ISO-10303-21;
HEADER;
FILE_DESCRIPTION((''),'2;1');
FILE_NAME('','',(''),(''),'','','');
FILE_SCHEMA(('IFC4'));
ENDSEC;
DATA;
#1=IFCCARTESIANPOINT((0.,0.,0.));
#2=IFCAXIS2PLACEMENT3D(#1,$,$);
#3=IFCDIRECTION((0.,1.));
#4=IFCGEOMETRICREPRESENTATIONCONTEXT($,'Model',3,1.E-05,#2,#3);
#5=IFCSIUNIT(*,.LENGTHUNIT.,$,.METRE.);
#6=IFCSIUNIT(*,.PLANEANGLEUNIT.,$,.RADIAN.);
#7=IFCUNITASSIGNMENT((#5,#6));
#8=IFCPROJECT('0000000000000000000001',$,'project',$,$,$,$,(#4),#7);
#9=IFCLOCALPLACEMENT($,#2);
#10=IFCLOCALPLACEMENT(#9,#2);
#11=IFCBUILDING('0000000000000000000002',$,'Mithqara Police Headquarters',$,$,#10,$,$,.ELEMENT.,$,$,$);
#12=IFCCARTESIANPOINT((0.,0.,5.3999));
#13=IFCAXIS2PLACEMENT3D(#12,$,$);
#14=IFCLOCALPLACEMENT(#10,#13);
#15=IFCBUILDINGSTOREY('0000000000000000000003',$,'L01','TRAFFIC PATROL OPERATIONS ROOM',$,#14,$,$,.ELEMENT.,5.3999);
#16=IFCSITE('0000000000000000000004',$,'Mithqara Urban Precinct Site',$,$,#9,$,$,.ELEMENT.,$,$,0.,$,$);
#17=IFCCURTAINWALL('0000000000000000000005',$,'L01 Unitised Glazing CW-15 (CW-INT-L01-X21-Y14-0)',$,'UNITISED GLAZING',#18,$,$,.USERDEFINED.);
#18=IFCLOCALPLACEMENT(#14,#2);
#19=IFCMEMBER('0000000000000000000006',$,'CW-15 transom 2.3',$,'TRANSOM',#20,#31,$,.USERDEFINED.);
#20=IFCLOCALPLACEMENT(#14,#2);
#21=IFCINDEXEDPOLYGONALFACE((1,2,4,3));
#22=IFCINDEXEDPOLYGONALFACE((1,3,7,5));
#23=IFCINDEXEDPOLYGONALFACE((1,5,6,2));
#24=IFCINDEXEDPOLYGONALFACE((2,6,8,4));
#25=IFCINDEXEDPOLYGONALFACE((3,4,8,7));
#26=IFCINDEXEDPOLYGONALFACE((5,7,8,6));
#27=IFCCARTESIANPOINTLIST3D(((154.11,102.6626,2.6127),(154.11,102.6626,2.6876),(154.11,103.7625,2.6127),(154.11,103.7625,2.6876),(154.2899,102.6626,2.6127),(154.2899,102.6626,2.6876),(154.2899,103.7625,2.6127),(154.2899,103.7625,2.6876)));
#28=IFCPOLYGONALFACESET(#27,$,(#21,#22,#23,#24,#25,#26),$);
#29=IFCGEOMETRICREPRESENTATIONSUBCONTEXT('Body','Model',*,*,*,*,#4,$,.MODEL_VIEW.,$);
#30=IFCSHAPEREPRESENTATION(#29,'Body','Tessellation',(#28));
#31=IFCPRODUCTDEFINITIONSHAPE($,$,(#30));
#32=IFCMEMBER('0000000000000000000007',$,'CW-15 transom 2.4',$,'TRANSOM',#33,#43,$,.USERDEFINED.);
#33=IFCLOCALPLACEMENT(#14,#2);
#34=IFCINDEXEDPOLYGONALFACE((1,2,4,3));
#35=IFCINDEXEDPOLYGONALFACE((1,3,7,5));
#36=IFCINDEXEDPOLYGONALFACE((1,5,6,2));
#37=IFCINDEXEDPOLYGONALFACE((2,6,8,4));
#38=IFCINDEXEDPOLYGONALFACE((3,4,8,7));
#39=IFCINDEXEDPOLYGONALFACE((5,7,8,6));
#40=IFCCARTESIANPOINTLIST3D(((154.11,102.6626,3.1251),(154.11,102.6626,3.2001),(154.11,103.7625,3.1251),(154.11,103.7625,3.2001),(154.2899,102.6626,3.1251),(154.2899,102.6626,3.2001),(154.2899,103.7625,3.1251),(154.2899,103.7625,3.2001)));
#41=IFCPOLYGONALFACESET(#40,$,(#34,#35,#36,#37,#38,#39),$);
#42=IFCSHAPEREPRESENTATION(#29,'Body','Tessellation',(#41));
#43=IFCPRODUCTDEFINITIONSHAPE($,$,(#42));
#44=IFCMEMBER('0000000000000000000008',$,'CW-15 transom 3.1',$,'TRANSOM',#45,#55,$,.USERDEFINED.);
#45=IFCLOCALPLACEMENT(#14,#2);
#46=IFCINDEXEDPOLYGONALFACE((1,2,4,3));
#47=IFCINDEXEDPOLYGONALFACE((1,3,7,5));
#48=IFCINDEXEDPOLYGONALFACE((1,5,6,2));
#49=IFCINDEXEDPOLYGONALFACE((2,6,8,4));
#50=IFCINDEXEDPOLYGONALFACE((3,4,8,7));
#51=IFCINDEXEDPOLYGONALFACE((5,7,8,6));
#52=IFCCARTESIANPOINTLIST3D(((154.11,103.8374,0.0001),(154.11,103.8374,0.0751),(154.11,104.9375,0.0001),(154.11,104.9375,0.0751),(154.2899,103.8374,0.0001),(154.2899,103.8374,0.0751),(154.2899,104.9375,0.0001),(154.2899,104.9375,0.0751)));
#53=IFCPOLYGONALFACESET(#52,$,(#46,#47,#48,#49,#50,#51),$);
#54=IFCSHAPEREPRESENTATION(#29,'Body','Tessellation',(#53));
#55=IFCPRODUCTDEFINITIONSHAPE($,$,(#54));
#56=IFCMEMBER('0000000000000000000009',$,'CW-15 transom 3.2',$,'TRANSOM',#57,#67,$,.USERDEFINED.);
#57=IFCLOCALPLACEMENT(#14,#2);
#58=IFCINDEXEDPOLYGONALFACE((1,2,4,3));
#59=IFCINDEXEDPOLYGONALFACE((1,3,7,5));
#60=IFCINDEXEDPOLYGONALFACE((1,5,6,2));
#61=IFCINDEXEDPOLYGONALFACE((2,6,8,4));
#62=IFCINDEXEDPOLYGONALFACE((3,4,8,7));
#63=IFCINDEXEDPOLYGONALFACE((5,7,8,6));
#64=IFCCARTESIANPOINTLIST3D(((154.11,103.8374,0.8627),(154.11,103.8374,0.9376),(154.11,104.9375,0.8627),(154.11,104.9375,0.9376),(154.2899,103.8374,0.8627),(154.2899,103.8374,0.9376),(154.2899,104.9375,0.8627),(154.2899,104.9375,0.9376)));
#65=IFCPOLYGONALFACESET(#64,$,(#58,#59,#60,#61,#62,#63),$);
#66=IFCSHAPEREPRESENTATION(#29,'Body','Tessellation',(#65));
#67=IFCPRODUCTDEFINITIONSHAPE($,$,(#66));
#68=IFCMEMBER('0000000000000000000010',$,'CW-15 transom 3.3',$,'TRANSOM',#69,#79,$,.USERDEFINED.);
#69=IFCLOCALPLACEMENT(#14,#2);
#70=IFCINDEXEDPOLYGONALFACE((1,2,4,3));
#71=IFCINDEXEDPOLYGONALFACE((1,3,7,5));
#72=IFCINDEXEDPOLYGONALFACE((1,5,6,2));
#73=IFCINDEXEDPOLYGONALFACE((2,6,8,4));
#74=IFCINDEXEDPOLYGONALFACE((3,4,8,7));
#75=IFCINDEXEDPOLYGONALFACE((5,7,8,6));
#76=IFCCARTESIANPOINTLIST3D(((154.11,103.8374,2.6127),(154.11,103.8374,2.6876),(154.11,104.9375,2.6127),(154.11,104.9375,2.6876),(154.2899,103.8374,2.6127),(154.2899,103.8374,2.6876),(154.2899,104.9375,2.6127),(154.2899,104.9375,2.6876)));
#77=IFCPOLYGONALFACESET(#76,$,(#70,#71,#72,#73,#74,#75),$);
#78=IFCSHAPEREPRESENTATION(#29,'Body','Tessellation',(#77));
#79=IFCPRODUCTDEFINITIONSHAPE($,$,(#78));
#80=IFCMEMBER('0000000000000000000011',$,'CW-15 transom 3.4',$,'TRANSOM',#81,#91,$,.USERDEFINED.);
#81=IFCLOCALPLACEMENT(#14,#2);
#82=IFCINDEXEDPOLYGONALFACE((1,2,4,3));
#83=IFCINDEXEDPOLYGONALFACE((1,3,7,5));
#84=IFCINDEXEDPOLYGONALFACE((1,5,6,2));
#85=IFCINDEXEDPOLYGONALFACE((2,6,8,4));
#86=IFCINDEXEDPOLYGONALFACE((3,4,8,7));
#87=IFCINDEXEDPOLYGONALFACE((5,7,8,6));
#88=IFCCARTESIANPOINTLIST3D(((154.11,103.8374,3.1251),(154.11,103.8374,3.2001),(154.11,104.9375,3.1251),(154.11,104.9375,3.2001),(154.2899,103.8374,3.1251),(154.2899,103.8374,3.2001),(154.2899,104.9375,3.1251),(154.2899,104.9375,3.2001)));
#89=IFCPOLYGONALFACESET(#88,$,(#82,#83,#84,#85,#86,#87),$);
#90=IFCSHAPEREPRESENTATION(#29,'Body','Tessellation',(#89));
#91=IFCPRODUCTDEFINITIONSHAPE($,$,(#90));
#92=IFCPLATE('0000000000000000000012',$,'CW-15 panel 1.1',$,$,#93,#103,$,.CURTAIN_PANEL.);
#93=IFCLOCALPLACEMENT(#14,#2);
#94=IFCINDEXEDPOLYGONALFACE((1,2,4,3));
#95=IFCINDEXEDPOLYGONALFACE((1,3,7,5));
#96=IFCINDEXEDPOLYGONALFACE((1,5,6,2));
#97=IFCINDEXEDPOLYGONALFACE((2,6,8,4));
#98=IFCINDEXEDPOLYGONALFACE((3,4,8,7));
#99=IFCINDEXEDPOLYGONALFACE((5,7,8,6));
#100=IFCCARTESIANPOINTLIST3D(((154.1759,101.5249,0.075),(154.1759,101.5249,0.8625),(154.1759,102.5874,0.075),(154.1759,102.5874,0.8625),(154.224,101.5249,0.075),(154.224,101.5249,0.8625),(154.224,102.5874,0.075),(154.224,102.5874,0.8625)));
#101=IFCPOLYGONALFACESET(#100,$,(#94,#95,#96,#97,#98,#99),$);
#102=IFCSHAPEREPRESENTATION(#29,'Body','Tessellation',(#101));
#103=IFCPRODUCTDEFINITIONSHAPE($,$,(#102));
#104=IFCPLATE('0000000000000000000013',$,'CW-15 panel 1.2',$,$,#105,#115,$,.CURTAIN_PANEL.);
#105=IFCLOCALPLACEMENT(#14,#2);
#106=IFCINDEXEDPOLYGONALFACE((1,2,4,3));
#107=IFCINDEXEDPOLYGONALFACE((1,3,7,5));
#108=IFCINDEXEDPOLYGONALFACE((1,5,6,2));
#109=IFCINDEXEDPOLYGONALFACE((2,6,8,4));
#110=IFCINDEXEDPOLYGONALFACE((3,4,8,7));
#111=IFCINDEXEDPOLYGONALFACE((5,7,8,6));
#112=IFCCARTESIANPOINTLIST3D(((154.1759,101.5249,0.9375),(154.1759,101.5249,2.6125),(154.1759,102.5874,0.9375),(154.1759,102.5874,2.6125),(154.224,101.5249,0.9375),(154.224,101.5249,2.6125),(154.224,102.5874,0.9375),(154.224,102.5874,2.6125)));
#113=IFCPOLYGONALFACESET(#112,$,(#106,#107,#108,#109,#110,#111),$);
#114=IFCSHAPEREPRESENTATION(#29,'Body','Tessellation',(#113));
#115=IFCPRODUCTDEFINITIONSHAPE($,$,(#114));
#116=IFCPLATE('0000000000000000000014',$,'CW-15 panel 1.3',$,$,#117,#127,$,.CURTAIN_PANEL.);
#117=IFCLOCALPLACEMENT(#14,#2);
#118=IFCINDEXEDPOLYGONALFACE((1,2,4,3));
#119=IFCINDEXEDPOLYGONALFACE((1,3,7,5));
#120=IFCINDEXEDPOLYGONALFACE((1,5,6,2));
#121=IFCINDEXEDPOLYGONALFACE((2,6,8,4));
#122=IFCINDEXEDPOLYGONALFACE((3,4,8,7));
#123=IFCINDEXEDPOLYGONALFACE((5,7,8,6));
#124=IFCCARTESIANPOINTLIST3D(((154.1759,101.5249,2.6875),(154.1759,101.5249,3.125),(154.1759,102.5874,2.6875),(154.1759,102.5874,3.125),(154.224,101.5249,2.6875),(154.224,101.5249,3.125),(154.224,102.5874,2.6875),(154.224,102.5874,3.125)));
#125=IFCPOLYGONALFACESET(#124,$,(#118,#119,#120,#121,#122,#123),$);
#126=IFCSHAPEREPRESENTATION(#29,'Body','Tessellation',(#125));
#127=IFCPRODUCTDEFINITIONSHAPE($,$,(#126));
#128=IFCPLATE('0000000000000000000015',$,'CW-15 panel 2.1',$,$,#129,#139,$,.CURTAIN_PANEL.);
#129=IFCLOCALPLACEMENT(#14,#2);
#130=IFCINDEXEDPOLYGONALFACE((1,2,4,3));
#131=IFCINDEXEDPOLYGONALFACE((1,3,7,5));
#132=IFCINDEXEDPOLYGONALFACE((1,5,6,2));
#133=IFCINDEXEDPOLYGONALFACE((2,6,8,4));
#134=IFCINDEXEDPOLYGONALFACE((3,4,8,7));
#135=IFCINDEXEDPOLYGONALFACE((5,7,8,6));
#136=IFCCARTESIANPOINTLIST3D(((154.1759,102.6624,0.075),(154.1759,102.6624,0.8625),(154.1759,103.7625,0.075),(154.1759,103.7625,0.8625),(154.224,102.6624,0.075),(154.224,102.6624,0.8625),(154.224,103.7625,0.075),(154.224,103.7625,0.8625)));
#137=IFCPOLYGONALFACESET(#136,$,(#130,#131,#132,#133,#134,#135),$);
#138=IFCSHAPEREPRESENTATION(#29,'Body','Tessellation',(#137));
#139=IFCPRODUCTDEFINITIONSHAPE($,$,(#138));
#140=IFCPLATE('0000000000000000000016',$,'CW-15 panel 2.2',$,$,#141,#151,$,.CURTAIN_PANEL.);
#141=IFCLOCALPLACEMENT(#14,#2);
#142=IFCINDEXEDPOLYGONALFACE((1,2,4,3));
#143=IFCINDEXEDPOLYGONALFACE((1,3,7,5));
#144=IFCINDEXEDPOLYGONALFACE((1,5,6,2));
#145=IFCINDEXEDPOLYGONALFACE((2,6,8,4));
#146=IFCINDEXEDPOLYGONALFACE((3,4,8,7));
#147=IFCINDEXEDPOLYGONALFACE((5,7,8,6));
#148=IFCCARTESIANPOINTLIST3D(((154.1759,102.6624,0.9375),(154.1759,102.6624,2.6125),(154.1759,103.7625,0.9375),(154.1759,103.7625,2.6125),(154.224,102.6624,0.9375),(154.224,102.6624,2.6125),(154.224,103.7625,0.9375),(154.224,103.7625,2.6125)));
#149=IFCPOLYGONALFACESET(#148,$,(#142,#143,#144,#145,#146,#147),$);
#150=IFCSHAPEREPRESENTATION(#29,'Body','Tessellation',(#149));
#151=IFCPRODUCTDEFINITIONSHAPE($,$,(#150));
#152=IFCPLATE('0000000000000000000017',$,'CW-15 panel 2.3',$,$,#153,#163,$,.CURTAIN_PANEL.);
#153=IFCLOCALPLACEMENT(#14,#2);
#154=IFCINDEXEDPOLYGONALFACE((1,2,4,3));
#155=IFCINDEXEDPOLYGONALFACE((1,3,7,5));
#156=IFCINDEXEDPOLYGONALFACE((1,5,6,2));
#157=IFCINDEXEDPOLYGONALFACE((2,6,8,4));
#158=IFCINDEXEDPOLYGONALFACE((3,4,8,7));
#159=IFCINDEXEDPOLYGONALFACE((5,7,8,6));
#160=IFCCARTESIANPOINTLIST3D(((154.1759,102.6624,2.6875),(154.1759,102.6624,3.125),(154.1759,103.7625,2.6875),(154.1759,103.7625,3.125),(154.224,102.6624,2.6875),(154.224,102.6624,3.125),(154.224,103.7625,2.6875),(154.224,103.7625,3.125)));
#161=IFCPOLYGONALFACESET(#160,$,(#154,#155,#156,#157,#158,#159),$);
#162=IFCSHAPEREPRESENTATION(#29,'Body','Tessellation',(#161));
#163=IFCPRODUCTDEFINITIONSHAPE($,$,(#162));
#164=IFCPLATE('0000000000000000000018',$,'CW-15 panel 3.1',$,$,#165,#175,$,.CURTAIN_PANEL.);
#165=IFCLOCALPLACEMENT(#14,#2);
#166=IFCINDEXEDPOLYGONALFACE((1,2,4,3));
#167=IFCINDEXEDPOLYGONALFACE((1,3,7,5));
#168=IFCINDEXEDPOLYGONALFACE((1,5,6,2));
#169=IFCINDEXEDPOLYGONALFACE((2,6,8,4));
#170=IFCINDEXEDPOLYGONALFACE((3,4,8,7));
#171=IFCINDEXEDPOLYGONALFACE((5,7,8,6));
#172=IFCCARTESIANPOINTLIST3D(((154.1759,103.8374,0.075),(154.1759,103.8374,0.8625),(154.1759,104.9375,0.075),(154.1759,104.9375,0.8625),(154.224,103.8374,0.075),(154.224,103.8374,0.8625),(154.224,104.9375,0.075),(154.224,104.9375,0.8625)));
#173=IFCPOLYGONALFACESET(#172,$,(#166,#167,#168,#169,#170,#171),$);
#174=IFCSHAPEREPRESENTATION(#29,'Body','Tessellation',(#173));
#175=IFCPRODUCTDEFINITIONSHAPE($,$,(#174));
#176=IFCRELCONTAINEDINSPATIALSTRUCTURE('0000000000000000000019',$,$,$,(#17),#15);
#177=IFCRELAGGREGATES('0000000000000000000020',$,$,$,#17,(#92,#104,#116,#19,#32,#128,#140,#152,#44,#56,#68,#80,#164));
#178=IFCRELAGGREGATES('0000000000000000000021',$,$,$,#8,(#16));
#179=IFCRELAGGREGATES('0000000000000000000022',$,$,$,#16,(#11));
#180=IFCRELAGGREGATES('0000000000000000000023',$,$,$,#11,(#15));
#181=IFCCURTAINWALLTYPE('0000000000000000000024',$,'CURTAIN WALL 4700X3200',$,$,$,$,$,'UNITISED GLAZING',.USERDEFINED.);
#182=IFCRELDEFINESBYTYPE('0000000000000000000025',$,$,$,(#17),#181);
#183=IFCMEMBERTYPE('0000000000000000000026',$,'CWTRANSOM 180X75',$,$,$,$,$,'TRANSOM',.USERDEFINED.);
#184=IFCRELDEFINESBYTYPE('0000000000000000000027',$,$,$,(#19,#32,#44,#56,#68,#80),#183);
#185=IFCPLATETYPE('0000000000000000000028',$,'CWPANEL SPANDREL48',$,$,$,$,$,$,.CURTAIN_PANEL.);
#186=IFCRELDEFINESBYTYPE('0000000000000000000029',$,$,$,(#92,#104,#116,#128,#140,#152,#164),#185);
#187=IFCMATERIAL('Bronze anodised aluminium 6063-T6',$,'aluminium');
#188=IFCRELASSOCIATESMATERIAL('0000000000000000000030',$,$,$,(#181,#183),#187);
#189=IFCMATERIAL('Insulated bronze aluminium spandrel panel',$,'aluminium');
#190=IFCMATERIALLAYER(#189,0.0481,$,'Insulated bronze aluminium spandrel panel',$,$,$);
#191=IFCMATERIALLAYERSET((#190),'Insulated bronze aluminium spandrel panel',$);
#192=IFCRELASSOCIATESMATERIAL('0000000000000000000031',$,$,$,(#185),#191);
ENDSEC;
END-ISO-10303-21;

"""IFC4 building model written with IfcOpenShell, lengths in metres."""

from ifc_helpers import new_model, si_unit, direction, frame, origin, origin_2d, place, context, subcontext, project, spatial, rectangle, extrude, material, layer, layer_set, material_profile, profile_set, type_object, element, aggregate, save


model = new_model("IFC4")

# Units and contexts
model_context = context("Model", 3, precision=1e-05, world=origin(), true_north=direction((0.0, 1.0)))
body_context = subcontext(model_context, "Body", "Model", "MODEL_VIEW")
ifc_project = project(units=[si_unit("LENGTHUNIT", "METRE"), si_unit("PLANEANGLEUNIT", "RADIAN")], contexts=[model_context])

# Site, building, storey
site_placement = place(None, origin())
site = spatial("IfcSite", under=ifc_project, at=site_placement, Name="Mithqara Urban Precinct Site", CompositionType="ELEMENT", RefElevation=0.0)
building_placement = place(site_placement, origin())
building = spatial("IfcBuilding", under=site, at=building_placement, Name="Mithqara Police Headquarters", CompositionType="ELEMENT")
storey_placement = place(building_placement, frame((0.0, 0.0, 5.3999)))
storey = spatial("IfcBuildingStorey", under=building, at=storey_placement, Name="L01", Description="TRAFFIC PATROL OPERATIONS ROOM", CompositionType="ELEMENT", Elevation=5.3999)

# Curtain wall, members, plates
ifc_material_1 = material(Name="Bronze anodised aluminium 6063-T6", Category="aluminium")
curtain_wall_type = type_object("IfcCurtainWallType", Name="CURTAIN WALL 4700X3200", ElementType="UNITISED GLAZING", PredefinedType="USERDEFINED", material=ifc_material_1)
curtain_wall_placement = place(storey_placement, origin())
curtain_wall = element("IfcCurtainWall", 1, at=curtain_wall_placement, inside=storey, type_object=curtain_wall_type, Name="L01 Unitised Glazing CW-15 (CW-INT-L01-X21-Y14-0)", ObjectType="UNITISED GLAZING", PredefinedType="USERDEFINED")
ifc_material_profile_1 = material_profile(ifc_material_1, rectangle(XDim=0.1799, YDim=0.075, at=origin_2d()), Name="CWT 180x75")
ifc_profile_set_1 = profile_set([ifc_material_profile_1], Name="Bronze anodised aluminium 6063-T6")
member_type_1 = type_object("IfcMemberType", Name="CWTRANSOM 180X75", ElementType="TRANSOM", PredefinedType="USERDEFINED", material=ifc_profile_set_1)
member_1_placement = place(storey_placement, frame((154.2, 102.6626, 2.6501), z_axis=(0.0, 1.0, 0.0), x_axis=(-1.0, 0.0, 0.0)))
member_1 = element("IfcMember", 2, at=member_1_placement, type_object=member_type_1, Name="CW-15 transom 2.3", ObjectType="TRANSOM", PredefinedType="USERDEFINED", context=body_context, shape_type="SweptSolid", body=[
    extrude(rectangle(XDim=0.1799, YDim=0.075, at=origin_2d()), origin(), (0.0, 0.0, 1.0), 1.0999),
])
member_2_placement = place(storey_placement, frame((154.2, 102.6626, 3.1626), z_axis=(0.0, 1.0, 0.0), x_axis=(-1.0, 0.0, 0.0)))
member_2 = element("IfcMember", 3, at=member_2_placement, type_object=member_type_1, Name="CW-15 transom 2.4", ObjectType="TRANSOM", PredefinedType="USERDEFINED", context=body_context, shape_type="SweptSolid", body=[
    extrude(rectangle(XDim=0.1799, YDim=0.075, at=origin_2d()), origin(), (0.0, 0.0, 1.0), 1.0999),
])
member_3_placement = place(storey_placement, frame((154.2, 103.8374, 0.0376), z_axis=(0.0, 1.0, 0.0), x_axis=(-1.0, 0.0, 0.0)))
member_3 = element("IfcMember", 4, at=member_3_placement, type_object=member_type_1, Name="CW-15 transom 3.1", ObjectType="TRANSOM", PredefinedType="USERDEFINED", context=body_context, shape_type="SweptSolid", body=[
    extrude(rectangle(XDim=0.1799, YDim=0.075, at=origin_2d()), origin(), (0.0, 0.0, 1.0), 1.1001),
])
member_4_placement = place(storey_placement, frame((154.2, 103.8374, 0.9001), z_axis=(0.0, 1.0, 0.0), x_axis=(-1.0, 0.0, 0.0)))
member_4 = element("IfcMember", 5, at=member_4_placement, type_object=member_type_1, Name="CW-15 transom 3.2", ObjectType="TRANSOM", PredefinedType="USERDEFINED", context=body_context, shape_type="SweptSolid", body=[
    extrude(rectangle(XDim=0.1799, YDim=0.075, at=origin_2d()), origin(), (0.0, 0.0, 1.0), 1.1001),
])
member_5_placement = place(storey_placement, frame((154.2, 103.8374, 2.6501), z_axis=(0.0, 1.0, 0.0), x_axis=(-1.0, 0.0, 0.0)))
member_5 = element("IfcMember", 6, at=member_5_placement, type_object=member_type_1, Name="CW-15 transom 3.3", ObjectType="TRANSOM", PredefinedType="USERDEFINED", context=body_context, shape_type="SweptSolid", body=[
    extrude(rectangle(XDim=0.1799, YDim=0.075, at=origin_2d()), origin(), (0.0, 0.0, 1.0), 1.1001),
])
member_6_placement = place(storey_placement, frame((154.2, 103.8374, 3.1626), z_axis=(0.0, 1.0, 0.0), x_axis=(-1.0, 0.0, 0.0)))
member_6 = element("IfcMember", 7, at=member_6_placement, type_object=member_type_1, Name="CW-15 transom 3.4", ObjectType="TRANSOM", PredefinedType="USERDEFINED", context=body_context, shape_type="SweptSolid", body=[
    extrude(rectangle(XDim=0.1799, YDim=0.075, at=origin_2d()), origin(), (0.0, 0.0, 1.0), 1.1001),
])
ifc_material_2 = material(Name="Insulated bronze aluminium spandrel panel", Category="aluminium")
ifc_layer = layer(ifc_material_2, 0.0481, Name="Insulated bronze aluminium spandrel panel")
ifc_layer_set = layer_set([ifc_layer], Name="Insulated bronze aluminium spandrel panel")
plate_type = type_object("IfcPlateType", Name="CWPANEL SPANDREL48", PredefinedType="CURTAIN_PANEL", material=ifc_layer_set)
plate_1_placement = place(storey_placement, frame((154.2, 102.0562, 0.075), z_axis=(0.0, 0.0, 1.0), x_axis=(0.0, 1.0, 0.0)))
plate_1 = element("IfcPlate", 8, at=plate_1_placement, type_object=plate_type, Name="CW-15 panel 1.1", PredefinedType="CURTAIN_PANEL", context=body_context, shape_type="SweptSolid", body=[
    extrude(rectangle(XDim=1.0625, YDim=0.0481, at=origin_2d()), origin(), (0.0, 0.0, 1.0), 0.7876),
])
plate_2_placement = place(storey_placement, frame((154.2, 102.0562, 0.9375), z_axis=(0.0, 0.0, 1.0), x_axis=(0.0, 1.0, 0.0)))
plate_2 = element("IfcPlate", 9, at=plate_2_placement, type_object=plate_type, Name="CW-15 panel 1.2", PredefinedType="CURTAIN_PANEL", context=body_context, shape_type="SweptSolid", body=[
    extrude(rectangle(XDim=1.0625, YDim=0.0481, at=origin_2d()), origin(), (0.0, 0.0, 1.0), 1.675),
])
plate_3_placement = place(storey_placement, frame((154.2, 102.0562, 2.6875), z_axis=(0.0, 0.0, 1.0), x_axis=(0.0, 1.0, 0.0)))
plate_3 = element("IfcPlate", 10, at=plate_3_placement, type_object=plate_type, Name="CW-15 panel 1.3", PredefinedType="CURTAIN_PANEL", context=body_context, shape_type="SweptSolid", body=[
    extrude(rectangle(XDim=1.0625, YDim=0.0481, at=origin_2d()), origin(), (0.0, 0.0, 1.0), 0.4375),
])
plate_4_placement = place(storey_placement, frame((154.2, 103.2124, 0.075), z_axis=(0.0, 0.0, 1.0), x_axis=(0.0, 1.0, 0.0)))
plate_4 = element("IfcPlate", 11, at=plate_4_placement, type_object=plate_type, Name="CW-15 panel 2.1", PredefinedType="CURTAIN_PANEL", context=body_context, shape_type="SweptSolid", body=[
    extrude(rectangle(XDim=1.1001, YDim=0.0481, at=origin_2d()), origin(), (0.0, 0.0, 1.0), 0.7876),
])
plate_5_placement = place(storey_placement, frame((154.2, 103.2124, 0.9375), z_axis=(0.0, 0.0, 1.0), x_axis=(0.0, 1.0, 0.0)))
plate_5 = element("IfcPlate", 12, at=plate_5_placement, type_object=plate_type, Name="CW-15 panel 2.2", PredefinedType="CURTAIN_PANEL", context=body_context, shape_type="SweptSolid", body=[
    extrude(rectangle(XDim=1.1001, YDim=0.0481, at=origin_2d()), origin(), (0.0, 0.0, 1.0), 1.675),
])
plate_6_placement = place(storey_placement, frame((154.2, 103.2124, 2.6875), z_axis=(0.0, 0.0, 1.0), x_axis=(0.0, 1.0, 0.0)))
plate_6 = element("IfcPlate", 13, at=plate_6_placement, type_object=plate_type, Name="CW-15 panel 2.3", PredefinedType="CURTAIN_PANEL", context=body_context, shape_type="SweptSolid", body=[
    extrude(rectangle(XDim=1.1001, YDim=0.0481, at=origin_2d()), origin(), (0.0, 0.0, 1.0), 0.4375),
])
plate_7_placement = place(storey_placement, frame((154.2, 104.3875, 0.075), z_axis=(0.0, 0.0, 1.0), x_axis=(0.0, 1.0, 0.0)))
plate_7 = element("IfcPlate", 14, at=plate_7_placement, type_object=plate_type, Name="CW-15 panel 3.1", PredefinedType="CURTAIN_PANEL", context=body_context, shape_type="SweptSolid", body=[
    extrude(rectangle(XDim=1.1001, YDim=0.0481, at=origin_2d()), origin(), (0.0, 0.0, 1.0), 0.7876),
])
aggregate(curtain_wall, [plate_1, plate_2, plate_3, member_1, member_2, plate_4, plate_5, plate_6, member_3, member_4, member_5, member_6, plate_7])

save(model, "model.ifc")
